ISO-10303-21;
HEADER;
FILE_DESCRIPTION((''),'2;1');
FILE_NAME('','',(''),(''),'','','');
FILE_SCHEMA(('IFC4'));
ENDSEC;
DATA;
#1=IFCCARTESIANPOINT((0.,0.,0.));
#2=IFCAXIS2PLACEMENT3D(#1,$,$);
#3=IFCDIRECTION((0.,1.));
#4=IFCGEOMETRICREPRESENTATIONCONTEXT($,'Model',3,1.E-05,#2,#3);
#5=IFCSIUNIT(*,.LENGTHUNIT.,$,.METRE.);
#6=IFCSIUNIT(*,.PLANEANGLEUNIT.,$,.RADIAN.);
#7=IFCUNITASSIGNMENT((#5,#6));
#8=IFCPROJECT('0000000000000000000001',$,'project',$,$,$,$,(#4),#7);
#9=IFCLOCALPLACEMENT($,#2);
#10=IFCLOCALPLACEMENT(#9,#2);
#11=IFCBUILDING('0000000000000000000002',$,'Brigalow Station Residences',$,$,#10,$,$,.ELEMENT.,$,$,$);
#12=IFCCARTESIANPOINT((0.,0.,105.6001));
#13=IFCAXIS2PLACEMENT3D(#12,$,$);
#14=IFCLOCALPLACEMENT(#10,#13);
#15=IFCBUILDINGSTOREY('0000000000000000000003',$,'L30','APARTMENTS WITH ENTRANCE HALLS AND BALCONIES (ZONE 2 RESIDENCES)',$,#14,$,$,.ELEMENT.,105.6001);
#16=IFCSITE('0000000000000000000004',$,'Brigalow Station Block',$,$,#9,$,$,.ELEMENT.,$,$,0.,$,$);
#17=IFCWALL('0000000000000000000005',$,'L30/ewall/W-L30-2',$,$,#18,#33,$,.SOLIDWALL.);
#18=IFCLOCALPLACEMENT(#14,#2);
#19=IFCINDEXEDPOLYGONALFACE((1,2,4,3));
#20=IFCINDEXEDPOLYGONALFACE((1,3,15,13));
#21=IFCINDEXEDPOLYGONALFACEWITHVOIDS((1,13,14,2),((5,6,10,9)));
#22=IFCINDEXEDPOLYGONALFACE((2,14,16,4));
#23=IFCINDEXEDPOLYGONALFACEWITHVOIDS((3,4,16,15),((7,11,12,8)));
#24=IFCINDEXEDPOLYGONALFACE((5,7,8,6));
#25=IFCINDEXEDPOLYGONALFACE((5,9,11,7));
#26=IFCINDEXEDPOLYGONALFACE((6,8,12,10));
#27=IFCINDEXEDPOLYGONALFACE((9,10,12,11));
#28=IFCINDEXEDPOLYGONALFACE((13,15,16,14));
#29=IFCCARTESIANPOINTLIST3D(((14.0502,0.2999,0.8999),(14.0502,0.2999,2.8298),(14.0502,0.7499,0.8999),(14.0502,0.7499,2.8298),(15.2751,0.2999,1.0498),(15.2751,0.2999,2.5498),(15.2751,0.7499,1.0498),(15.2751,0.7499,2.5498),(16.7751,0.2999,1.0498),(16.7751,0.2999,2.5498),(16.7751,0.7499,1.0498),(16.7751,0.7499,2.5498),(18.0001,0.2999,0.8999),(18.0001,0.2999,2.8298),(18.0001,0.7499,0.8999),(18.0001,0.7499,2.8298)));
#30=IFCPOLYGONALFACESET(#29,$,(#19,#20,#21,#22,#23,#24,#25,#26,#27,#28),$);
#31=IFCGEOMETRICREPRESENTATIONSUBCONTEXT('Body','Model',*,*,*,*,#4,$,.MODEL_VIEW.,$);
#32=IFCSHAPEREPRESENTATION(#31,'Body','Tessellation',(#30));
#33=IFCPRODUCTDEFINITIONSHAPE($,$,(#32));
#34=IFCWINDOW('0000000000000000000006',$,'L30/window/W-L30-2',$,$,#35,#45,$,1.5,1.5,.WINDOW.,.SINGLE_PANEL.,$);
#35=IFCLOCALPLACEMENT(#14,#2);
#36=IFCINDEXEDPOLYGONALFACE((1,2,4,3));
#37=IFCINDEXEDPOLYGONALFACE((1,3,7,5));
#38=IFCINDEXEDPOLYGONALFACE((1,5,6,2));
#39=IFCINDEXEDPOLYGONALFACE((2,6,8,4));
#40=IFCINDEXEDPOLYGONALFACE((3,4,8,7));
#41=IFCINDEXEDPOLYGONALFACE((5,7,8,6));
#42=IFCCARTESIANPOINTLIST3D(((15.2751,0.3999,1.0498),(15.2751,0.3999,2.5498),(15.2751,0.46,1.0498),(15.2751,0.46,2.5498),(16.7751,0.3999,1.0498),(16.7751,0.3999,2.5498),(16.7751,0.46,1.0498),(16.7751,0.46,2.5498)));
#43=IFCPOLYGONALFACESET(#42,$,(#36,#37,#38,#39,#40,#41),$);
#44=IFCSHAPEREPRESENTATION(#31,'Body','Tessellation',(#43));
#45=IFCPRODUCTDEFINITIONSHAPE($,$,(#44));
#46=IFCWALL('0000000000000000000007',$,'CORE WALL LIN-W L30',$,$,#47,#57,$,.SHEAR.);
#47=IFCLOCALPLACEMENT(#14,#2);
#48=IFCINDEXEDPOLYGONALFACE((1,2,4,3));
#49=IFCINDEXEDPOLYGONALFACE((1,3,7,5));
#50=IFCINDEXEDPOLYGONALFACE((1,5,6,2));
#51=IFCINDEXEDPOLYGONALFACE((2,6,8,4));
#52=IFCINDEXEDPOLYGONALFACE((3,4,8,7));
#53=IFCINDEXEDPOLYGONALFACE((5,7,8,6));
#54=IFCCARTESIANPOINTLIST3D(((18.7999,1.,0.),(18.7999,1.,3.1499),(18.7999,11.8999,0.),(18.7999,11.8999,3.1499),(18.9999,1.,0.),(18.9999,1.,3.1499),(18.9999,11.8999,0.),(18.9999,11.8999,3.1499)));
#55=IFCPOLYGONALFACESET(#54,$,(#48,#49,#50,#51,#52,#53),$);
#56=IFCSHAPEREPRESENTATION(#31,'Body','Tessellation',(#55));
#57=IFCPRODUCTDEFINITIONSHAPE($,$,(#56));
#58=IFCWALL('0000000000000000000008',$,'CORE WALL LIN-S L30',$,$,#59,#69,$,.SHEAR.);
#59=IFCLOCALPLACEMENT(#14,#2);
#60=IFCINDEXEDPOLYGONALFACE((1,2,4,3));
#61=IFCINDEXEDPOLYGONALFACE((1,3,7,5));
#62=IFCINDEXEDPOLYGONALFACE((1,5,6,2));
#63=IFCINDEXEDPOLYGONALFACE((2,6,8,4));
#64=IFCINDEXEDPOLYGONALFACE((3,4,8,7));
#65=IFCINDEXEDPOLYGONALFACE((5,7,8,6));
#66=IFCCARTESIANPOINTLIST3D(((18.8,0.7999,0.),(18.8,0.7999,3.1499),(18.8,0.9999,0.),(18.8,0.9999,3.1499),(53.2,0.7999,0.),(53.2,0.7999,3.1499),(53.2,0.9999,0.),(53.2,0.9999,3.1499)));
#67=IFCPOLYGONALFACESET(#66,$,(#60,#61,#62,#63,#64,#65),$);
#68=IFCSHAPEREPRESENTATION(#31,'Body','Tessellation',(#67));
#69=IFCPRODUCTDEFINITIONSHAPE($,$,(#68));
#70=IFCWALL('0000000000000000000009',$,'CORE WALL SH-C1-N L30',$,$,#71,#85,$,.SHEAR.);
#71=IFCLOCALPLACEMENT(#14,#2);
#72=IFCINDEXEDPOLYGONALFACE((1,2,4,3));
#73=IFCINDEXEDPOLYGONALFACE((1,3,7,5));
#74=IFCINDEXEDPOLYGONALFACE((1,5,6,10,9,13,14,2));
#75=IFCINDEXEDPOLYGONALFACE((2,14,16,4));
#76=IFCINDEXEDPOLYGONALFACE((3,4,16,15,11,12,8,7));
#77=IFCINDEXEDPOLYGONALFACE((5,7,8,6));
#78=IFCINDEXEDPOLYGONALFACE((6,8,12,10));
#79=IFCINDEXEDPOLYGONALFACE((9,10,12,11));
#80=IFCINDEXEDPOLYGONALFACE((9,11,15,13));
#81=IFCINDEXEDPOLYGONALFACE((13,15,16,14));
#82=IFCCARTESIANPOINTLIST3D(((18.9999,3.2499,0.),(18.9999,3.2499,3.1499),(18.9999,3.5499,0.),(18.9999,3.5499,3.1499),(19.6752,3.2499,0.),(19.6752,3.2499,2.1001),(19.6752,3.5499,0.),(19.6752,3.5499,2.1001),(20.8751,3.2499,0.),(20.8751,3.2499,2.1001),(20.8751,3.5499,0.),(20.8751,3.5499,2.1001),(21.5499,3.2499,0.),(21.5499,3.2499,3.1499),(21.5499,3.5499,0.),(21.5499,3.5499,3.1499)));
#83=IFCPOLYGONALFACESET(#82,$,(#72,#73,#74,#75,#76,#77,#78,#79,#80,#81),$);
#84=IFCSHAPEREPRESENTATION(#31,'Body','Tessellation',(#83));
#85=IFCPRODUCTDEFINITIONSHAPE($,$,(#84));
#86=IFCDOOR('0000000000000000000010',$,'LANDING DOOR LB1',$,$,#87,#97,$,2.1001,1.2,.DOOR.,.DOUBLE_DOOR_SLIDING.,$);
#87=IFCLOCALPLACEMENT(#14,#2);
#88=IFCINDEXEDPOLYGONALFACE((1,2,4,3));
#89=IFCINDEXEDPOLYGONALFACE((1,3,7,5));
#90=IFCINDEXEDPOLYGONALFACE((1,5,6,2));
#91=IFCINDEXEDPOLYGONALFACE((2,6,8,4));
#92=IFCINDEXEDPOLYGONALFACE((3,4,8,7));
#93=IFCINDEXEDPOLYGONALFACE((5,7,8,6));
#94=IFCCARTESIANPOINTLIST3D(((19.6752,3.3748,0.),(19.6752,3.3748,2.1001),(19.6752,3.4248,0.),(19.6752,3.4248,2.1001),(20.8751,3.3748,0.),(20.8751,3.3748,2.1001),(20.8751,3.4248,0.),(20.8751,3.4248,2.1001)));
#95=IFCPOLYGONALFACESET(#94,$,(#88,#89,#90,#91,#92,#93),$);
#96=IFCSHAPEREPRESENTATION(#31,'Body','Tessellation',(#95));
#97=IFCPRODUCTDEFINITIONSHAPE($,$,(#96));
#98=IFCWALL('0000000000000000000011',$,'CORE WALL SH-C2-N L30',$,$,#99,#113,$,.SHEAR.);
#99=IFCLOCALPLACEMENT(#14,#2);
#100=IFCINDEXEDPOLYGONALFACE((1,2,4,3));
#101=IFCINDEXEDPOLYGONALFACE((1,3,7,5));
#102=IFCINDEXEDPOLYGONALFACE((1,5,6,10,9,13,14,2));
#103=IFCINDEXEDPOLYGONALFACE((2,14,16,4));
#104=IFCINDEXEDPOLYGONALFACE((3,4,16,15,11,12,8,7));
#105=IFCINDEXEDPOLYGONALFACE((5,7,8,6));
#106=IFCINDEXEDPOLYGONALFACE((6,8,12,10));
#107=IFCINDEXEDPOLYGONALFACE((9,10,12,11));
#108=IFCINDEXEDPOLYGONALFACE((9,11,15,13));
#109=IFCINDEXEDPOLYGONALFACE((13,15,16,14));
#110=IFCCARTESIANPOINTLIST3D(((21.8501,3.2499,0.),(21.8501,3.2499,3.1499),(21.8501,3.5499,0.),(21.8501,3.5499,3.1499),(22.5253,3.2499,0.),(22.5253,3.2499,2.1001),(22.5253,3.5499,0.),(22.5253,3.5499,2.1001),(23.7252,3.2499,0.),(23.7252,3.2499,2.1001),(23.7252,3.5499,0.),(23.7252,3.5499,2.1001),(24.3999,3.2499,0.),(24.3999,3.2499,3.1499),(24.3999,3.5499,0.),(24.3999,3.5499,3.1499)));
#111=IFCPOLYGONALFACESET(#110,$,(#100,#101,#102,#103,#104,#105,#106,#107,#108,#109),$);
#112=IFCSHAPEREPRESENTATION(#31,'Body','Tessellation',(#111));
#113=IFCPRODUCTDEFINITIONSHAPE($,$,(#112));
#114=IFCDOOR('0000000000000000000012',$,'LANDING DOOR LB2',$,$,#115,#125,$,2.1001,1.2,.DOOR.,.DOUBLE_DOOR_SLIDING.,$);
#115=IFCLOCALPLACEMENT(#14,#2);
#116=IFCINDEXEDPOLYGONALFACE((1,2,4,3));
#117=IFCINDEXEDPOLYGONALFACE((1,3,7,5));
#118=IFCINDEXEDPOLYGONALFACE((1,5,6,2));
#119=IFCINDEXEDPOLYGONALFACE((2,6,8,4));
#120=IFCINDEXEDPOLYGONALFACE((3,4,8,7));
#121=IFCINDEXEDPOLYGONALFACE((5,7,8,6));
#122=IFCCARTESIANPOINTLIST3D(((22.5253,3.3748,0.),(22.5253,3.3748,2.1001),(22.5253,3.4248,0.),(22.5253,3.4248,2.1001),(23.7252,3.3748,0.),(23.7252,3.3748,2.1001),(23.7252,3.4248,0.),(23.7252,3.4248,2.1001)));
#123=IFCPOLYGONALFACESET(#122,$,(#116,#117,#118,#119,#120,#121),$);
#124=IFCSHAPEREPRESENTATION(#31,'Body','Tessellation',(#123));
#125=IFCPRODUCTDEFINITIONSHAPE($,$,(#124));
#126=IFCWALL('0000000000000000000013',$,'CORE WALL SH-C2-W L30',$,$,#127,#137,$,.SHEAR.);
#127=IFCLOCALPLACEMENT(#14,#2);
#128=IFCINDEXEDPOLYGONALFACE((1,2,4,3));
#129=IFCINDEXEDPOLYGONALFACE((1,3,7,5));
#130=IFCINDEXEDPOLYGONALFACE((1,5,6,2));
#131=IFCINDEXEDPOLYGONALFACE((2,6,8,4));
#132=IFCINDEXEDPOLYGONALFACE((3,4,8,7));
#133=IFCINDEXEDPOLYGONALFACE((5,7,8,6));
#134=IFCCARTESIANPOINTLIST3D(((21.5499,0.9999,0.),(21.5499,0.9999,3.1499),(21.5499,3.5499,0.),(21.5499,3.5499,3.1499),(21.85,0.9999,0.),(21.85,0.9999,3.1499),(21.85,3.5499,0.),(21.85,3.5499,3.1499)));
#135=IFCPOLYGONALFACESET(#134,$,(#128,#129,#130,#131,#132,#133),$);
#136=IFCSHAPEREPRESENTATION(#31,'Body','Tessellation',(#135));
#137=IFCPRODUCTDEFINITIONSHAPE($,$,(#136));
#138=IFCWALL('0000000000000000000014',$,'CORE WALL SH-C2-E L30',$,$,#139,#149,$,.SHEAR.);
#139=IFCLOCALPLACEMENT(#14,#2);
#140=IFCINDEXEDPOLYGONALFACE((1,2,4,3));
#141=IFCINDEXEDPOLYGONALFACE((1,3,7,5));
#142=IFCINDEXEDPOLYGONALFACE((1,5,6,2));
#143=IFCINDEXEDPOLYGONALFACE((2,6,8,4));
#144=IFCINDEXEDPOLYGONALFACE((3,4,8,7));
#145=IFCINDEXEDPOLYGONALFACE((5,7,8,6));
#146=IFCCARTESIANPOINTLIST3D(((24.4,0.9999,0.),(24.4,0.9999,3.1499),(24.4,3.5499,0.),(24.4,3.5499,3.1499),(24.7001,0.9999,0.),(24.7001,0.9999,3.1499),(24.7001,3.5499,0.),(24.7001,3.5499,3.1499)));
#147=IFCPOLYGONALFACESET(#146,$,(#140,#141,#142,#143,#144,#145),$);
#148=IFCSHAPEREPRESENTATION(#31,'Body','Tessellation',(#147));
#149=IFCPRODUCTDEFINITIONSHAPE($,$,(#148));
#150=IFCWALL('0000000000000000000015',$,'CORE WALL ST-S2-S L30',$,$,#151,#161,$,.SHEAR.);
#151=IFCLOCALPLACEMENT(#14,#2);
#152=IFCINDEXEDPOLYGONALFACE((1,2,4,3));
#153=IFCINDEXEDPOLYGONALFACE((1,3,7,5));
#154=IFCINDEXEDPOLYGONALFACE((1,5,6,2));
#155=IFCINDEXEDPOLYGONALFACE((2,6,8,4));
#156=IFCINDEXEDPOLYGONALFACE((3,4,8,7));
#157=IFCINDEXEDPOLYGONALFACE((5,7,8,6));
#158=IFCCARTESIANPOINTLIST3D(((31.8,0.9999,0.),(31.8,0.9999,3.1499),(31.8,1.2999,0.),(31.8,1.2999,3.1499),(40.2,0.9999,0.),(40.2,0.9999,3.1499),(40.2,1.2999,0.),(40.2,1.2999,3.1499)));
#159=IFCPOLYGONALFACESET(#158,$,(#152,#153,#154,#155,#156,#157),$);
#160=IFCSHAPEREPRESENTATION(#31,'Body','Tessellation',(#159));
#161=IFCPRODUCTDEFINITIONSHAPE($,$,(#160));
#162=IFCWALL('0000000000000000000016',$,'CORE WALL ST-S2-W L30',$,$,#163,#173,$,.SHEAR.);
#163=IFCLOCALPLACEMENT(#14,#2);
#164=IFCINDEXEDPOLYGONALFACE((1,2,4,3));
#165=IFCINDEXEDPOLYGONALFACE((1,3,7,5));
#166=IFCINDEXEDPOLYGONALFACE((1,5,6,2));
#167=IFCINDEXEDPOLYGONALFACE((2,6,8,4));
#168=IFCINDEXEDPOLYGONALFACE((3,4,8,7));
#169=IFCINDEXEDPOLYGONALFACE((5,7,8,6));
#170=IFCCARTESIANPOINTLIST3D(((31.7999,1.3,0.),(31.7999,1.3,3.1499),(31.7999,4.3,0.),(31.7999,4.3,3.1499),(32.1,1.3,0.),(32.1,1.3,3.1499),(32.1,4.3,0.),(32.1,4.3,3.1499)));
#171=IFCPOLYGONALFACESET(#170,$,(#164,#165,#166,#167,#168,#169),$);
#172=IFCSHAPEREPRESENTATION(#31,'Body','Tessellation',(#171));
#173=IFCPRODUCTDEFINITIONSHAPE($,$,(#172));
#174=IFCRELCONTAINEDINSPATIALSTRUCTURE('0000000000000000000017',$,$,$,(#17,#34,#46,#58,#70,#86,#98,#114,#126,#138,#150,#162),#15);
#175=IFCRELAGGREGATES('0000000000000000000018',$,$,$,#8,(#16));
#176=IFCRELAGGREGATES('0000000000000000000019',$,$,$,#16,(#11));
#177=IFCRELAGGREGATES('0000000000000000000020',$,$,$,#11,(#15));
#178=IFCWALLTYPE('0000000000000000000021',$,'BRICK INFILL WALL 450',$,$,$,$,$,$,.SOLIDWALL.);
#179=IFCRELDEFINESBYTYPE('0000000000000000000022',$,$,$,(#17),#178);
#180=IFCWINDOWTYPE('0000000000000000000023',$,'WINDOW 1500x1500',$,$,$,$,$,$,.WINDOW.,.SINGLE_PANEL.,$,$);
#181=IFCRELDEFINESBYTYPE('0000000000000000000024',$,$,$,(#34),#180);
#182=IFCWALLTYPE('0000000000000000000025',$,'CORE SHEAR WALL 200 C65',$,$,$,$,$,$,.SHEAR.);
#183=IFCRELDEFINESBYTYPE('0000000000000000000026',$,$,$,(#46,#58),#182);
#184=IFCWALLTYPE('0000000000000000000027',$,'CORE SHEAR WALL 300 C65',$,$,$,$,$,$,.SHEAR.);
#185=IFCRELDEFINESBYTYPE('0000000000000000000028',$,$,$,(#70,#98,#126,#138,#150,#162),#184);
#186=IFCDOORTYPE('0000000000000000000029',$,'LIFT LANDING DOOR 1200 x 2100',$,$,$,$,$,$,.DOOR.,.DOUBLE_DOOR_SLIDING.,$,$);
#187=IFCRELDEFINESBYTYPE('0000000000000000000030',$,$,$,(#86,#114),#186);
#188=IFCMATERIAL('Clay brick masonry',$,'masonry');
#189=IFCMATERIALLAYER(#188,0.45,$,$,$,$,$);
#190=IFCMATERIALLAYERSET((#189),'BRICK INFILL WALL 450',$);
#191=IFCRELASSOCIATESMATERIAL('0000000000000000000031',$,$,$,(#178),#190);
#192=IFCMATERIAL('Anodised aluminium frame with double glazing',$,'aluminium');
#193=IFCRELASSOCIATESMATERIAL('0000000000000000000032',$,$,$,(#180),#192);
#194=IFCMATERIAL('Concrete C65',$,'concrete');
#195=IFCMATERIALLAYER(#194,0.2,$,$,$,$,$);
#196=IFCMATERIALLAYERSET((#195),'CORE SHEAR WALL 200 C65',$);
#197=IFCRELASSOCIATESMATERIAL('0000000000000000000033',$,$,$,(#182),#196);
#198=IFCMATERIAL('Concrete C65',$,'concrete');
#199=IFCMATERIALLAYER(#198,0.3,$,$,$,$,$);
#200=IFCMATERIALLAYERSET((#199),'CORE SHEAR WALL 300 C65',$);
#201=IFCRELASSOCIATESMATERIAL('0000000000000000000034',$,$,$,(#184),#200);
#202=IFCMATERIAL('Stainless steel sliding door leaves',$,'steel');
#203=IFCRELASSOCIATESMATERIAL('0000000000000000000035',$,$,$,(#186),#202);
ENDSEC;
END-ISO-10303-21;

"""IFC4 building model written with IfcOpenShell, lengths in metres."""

from ifc_helpers import new_model, si_unit, direction, frame, frame_2d, origin, place, context, subcontext, project, spatial, rectangle, extrude, material, layer, layer_set, type_object, element, fill, save


model = new_model("IFC4")

# Units and contexts
model_context = context("Model", 3, precision=1e-05, world=origin(), true_north=direction((0.0, 1.0)))
body_context = subcontext(model_context, "Body", "Model", "MODEL_VIEW")
ifc_project = project(units=[si_unit("LENGTHUNIT", "METRE"), si_unit("PLANEANGLEUNIT", "RADIAN")], contexts=[model_context])

# Site, building, storey
site_placement = place(None, origin())
site = spatial("IfcSite", under=ifc_project, at=site_placement, Name="Brigalow Station Block", CompositionType="ELEMENT", RefElevation=0.0)
building_placement = place(site_placement, origin())
building = spatial("IfcBuilding", under=site, at=building_placement, Name="Brigalow Station Residences", CompositionType="ELEMENT")
storey_placement = place(building_placement, frame((0.0, 0.0, 105.6001)))
storey = spatial("IfcBuildingStorey", under=building, at=storey_placement, Name="L30", Description="APARTMENTS WITH ENTRANCE HALLS AND BALCONIES (ZONE 2 RESIDENCES)", CompositionType="ELEMENT", Elevation=105.6001)

# Wall, opening, window
ifc_material_1 = material(Name="Clay brick masonry", Category="masonry")
ifc_layer_1 = layer(ifc_material_1, 0.45)
ifc_layer_set_1 = layer_set([ifc_layer_1], Name="BRICK INFILL WALL 450")
wall_type_1 = type_object("IfcWallType", Name="BRICK INFILL WALL 450", PredefinedType="SOLIDWALL", material=ifc_layer_set_1)
wall_1_placement = place(storey_placement, frame((14.05, 0.5249, 0.8999), z_axis=(0.0, 0.0, 1.0), x_axis=(1.0, 0.0, 0.0)))
wall_1 = element("IfcWall", 1, at=wall_1_placement, inside=storey, type_object=wall_type_1, Name="L30/ewall/W-L30-2", PredefinedType="SOLIDWALL", context=body_context, shape_type="SweptSolid", body=[
    extrude(rectangle(XDim=3.95, YDim=0.45, at=frame_2d((1.9751, 0.0))), origin(), (0.0, 0.0, 1.0), 1.9299),
])
opening_1_placement = place(wall_1_placement, frame((1.2251, 0.0, 0.1499)))
opening_1 = element("IfcOpeningElement", 2, at=opening_1_placement, cuts=wall_1, PredefinedType="OPENING", context=body_context, shape_type="SweptSolid", body=[
    extrude(rectangle(XDim=1.5, YDim=1.5, at=frame_2d((0.75, 0.75))), frame((0.0, 0.2349, 0.0), z_axis=(0.0, -1.0, 0.0), x_axis=(1.0, 0.0, 0.0)), (0.0, 0.0, 1.0), 0.47),
])
ifc_material_2 = material(Name="Anodised aluminium frame with double glazing", Category="aluminium")
window_type = type_object("IfcWindowType", Name="WINDOW 1500x1500", PartitioningType="SINGLE_PANEL", PredefinedType="WINDOW", material=ifc_material_2)
window_placement = place(opening_1_placement, origin())
window = element("IfcWindow", 3, at=window_placement, inside=storey, type_object=window_type, Name="L30/window/W-L30-2", OverallHeight=1.5, OverallWidth=1.5, PartitioningType="SINGLE_PANEL", PredefinedType="WINDOW", context=body_context, shape_type="SweptSolid", body=[
    extrude(rectangle(XDim=1.5, YDim=1.5, at=frame_2d((0.75, 0.75))), frame((0.0, -0.0649, 0.0), z_axis=(0.0, -1.0, 0.0), x_axis=(1.0, 0.0, 0.0)), (0.0, 0.0, 1.0), 0.0601),
])
fill(opening_1, window)

# Walls
ifc_material_3 = material(Name="Concrete C65", Category="concrete")
ifc_layer_2 = layer(ifc_material_3, 0.2)
ifc_layer_set_2 = layer_set([ifc_layer_2], Name="CORE SHEAR WALL 200 C65")
wall_type_2 = type_object("IfcWallType", Name="CORE SHEAR WALL 200 C65", PredefinedType="SHEAR", material=ifc_layer_set_2)
wall_2_placement = place(storey_placement, frame((18.8999, 1.0, 0.0), z_axis=(0.0, 0.0, 1.0), x_axis=(0.0, 1.0, 0.0)))
element("IfcWall", 4, at=wall_2_placement, inside=storey, type_object=wall_type_2, Name="CORE WALL LIN-W L30", PredefinedType="SHEAR", context=body_context, shape_type="SweptSolid", body=[
    extrude(rectangle(XDim=10.8999, YDim=0.2, at=frame_2d((5.45, 0.0))), origin(), (0.0, 0.0, 1.0), 3.1499),
])
wall_3_placement = place(storey_placement, frame((18.8, 0.8999, 0.0), z_axis=(0.0, 0.0, 1.0), x_axis=(1.0, 0.0, 0.0)))
element("IfcWall", 5, at=wall_3_placement, inside=storey, type_object=wall_type_2, Name="CORE WALL LIN-S L30", PredefinedType="SHEAR", context=body_context, shape_type="SweptSolid", body=[
    extrude(rectangle(XDim=34.3999, YDim=0.2, at=frame_2d((17.2, 0.0))), origin(), (0.0, 0.0, 1.0), 3.1499),
])

# Walls, openings, doors
ifc_material_4 = material(Name="Concrete C65", Category="concrete")
ifc_layer_3 = layer(ifc_material_4, 0.3)
ifc_layer_set_3 = layer_set([ifc_layer_3], Name="CORE SHEAR WALL 300 C65")
wall_type_3 = type_object("IfcWallType", Name="CORE SHEAR WALL 300 C65", PredefinedType="SHEAR", material=ifc_layer_set_3)
wall_4_placement = place(storey_placement, frame((19.0, 3.3999, 0.0), z_axis=(0.0, 0.0, 1.0), x_axis=(1.0, 0.0, 0.0)))
wall_4 = element("IfcWall", 6, at=wall_4_placement, inside=storey, type_object=wall_type_3, Name="CORE WALL SH-C1-N L30", PredefinedType="SHEAR", context=body_context, shape_type="SweptSolid", body=[
    extrude(rectangle(XDim=2.55, YDim=0.3, at=frame_2d((1.2749, 0.0))), origin(), (0.0, 0.0, 1.0), 3.1499),
])
opening_2_placement = place(wall_4_placement, frame((0.675, 0.0, 0.0)))
opening_2 = element("IfcOpeningElement", 7, at=opening_2_placement, cuts=wall_4, PredefinedType="OPENING", context=body_context, shape_type="SweptSolid", body=[
    extrude(rectangle(XDim=1.2, YDim=2.1001, at=frame_2d((0.6001, 1.05))), frame((0.0, 0.1602, 0.0), z_axis=(0.0, -1.0, 0.0), x_axis=(1.0, 0.0, 0.0)), (0.0, 0.0, 1.0), 0.3201),
])
ifc_material_5 = material(Name="Stainless steel sliding door leaves", Category="steel")
door_type = type_object("IfcDoorType", Name="LIFT LANDING DOOR 1200 x 2100", OperationType="DOUBLE_DOOR_SLIDING", PredefinedType="DOOR", material=ifc_material_5)
door_1_placement = place(opening_2_placement, origin())
door_1 = element("IfcDoor", 8, at=door_1_placement, inside=storey, type_object=door_type, Name="LANDING DOOR LB1", OperationType="DOUBLE_DOOR_SLIDING", OverallHeight=2.1001, OverallWidth=1.2, PredefinedType="DOOR", context=body_context, shape_type="SweptSolid", body=[
    extrude(rectangle(XDim=1.2, YDim=2.1001, at=frame_2d((0.6001, 1.05))), frame((0.0, 0.0249, 0.0), z_axis=(0.0, -1.0, 0.0), x_axis=(1.0, 0.0, 0.0)), (0.0, 0.0, 1.0), 0.05),
])
fill(opening_2, door_1)
wall_5_placement = place(storey_placement, frame((21.8501, 3.3999, 0.0), z_axis=(0.0, 0.0, 1.0), x_axis=(1.0, 0.0, 0.0)))
wall_5 = element("IfcWall", 9, at=wall_5_placement, inside=storey, type_object=wall_type_3, Name="CORE WALL SH-C2-N L30", PredefinedType="SHEAR", context=body_context, shape_type="SweptSolid", body=[
    extrude(rectangle(XDim=2.5498, YDim=0.3, at=frame_2d((1.2749, 0.0))), origin(), (0.0, 0.0, 1.0), 3.1499),
])
opening_3_placement = place(wall_5_placement, frame((0.675, 0.0, 0.0)))
opening_3 = element("IfcOpeningElement", 10, at=opening_3_placement, cuts=wall_5, PredefinedType="OPENING", context=body_context, shape_type="SweptSolid", body=[
    extrude(rectangle(XDim=1.2, YDim=2.1001, at=frame_2d((0.6001, 1.05))), frame((0.0, 0.1602, 0.0), z_axis=(0.0, -1.0, 0.0), x_axis=(1.0, 0.0, 0.0)), (0.0, 0.0, 1.0), 0.3201),
])
door_2_placement = place(opening_3_placement, origin())
door_2 = element("IfcDoor", 11, at=door_2_placement, inside=storey, type_object=door_type, Name="LANDING DOOR LB2", OperationType="DOUBLE_DOOR_SLIDING", OverallHeight=2.1001, OverallWidth=1.2, PredefinedType="DOOR", context=body_context, shape_type="SweptSolid", body=[
    extrude(rectangle(XDim=1.2, YDim=2.1001, at=frame_2d((0.6001, 1.05))), frame((0.0, 0.0249, 0.0), z_axis=(0.0, -1.0, 0.0), x_axis=(1.0, 0.0, 0.0)), (0.0, 0.0, 1.0), 0.05),
])
fill(opening_3, door_2)

# Walls
for number, where, z_axis, x_axis, name in (
    (12, (21.7, 1.0, 0.0), (0.0, 0.0, 1.0), (0.0, 1.0, 0.0), "CORE WALL SH-C2-W L30"),
    (13, (24.55, 1.0, 0.0), (0.0, 0.0, 1.0), (0.0, 1.0, 0.0), "CORE WALL SH-C2-E L30"),
):
    element("IfcWall", number, at=place(storey_placement, frame(where, z_axis=z_axis, x_axis=x_axis)), inside=storey, type_object=wall_type_3, Name=name, PredefinedType="SHEAR", context=body_context, shape_type="SweptSolid", body=[
        extrude(rectangle(XDim=2.55, YDim=0.3, at=frame_2d((1.2749, 0.0))), origin(), (0.0, 0.0, 1.0), 3.1499),
    ])
wall_6_placement = place(storey_placement, frame((31.8, 1.1499, 0.0), z_axis=(0.0, 0.0, 1.0), x_axis=(1.0, 0.0, 0.0)))
element("IfcWall", 14, at=wall_6_placement, inside=storey, type_object=wall_type_3, Name="CORE WALL ST-S2-S L30", PredefinedType="SHEAR", context=body_context, shape_type="SweptSolid", body=[
    extrude(rectangle(XDim=8.3999, YDim=0.3, at=frame_2d((4.2, 0.0))), origin(), (0.0, 0.0, 1.0), 3.1499),
])
wall_7_placement = place(storey_placement, frame((31.95, 1.3, 0.0), z_axis=(0.0, 0.0, 1.0), x_axis=(0.0, 1.0, 0.0)))
element("IfcWall", 15, at=wall_7_placement, inside=storey, type_object=wall_type_3, Name="CORE WALL ST-S2-W L30", PredefinedType="SHEAR", context=body_context, shape_type="SweptSolid", body=[
    extrude(rectangle(XDim=3.0, YDim=0.3, at=frame_2d((1.5, 0.0))), origin(), (0.0, 0.0, 1.0), 3.1499),
])

save(model, "model.ifc")
